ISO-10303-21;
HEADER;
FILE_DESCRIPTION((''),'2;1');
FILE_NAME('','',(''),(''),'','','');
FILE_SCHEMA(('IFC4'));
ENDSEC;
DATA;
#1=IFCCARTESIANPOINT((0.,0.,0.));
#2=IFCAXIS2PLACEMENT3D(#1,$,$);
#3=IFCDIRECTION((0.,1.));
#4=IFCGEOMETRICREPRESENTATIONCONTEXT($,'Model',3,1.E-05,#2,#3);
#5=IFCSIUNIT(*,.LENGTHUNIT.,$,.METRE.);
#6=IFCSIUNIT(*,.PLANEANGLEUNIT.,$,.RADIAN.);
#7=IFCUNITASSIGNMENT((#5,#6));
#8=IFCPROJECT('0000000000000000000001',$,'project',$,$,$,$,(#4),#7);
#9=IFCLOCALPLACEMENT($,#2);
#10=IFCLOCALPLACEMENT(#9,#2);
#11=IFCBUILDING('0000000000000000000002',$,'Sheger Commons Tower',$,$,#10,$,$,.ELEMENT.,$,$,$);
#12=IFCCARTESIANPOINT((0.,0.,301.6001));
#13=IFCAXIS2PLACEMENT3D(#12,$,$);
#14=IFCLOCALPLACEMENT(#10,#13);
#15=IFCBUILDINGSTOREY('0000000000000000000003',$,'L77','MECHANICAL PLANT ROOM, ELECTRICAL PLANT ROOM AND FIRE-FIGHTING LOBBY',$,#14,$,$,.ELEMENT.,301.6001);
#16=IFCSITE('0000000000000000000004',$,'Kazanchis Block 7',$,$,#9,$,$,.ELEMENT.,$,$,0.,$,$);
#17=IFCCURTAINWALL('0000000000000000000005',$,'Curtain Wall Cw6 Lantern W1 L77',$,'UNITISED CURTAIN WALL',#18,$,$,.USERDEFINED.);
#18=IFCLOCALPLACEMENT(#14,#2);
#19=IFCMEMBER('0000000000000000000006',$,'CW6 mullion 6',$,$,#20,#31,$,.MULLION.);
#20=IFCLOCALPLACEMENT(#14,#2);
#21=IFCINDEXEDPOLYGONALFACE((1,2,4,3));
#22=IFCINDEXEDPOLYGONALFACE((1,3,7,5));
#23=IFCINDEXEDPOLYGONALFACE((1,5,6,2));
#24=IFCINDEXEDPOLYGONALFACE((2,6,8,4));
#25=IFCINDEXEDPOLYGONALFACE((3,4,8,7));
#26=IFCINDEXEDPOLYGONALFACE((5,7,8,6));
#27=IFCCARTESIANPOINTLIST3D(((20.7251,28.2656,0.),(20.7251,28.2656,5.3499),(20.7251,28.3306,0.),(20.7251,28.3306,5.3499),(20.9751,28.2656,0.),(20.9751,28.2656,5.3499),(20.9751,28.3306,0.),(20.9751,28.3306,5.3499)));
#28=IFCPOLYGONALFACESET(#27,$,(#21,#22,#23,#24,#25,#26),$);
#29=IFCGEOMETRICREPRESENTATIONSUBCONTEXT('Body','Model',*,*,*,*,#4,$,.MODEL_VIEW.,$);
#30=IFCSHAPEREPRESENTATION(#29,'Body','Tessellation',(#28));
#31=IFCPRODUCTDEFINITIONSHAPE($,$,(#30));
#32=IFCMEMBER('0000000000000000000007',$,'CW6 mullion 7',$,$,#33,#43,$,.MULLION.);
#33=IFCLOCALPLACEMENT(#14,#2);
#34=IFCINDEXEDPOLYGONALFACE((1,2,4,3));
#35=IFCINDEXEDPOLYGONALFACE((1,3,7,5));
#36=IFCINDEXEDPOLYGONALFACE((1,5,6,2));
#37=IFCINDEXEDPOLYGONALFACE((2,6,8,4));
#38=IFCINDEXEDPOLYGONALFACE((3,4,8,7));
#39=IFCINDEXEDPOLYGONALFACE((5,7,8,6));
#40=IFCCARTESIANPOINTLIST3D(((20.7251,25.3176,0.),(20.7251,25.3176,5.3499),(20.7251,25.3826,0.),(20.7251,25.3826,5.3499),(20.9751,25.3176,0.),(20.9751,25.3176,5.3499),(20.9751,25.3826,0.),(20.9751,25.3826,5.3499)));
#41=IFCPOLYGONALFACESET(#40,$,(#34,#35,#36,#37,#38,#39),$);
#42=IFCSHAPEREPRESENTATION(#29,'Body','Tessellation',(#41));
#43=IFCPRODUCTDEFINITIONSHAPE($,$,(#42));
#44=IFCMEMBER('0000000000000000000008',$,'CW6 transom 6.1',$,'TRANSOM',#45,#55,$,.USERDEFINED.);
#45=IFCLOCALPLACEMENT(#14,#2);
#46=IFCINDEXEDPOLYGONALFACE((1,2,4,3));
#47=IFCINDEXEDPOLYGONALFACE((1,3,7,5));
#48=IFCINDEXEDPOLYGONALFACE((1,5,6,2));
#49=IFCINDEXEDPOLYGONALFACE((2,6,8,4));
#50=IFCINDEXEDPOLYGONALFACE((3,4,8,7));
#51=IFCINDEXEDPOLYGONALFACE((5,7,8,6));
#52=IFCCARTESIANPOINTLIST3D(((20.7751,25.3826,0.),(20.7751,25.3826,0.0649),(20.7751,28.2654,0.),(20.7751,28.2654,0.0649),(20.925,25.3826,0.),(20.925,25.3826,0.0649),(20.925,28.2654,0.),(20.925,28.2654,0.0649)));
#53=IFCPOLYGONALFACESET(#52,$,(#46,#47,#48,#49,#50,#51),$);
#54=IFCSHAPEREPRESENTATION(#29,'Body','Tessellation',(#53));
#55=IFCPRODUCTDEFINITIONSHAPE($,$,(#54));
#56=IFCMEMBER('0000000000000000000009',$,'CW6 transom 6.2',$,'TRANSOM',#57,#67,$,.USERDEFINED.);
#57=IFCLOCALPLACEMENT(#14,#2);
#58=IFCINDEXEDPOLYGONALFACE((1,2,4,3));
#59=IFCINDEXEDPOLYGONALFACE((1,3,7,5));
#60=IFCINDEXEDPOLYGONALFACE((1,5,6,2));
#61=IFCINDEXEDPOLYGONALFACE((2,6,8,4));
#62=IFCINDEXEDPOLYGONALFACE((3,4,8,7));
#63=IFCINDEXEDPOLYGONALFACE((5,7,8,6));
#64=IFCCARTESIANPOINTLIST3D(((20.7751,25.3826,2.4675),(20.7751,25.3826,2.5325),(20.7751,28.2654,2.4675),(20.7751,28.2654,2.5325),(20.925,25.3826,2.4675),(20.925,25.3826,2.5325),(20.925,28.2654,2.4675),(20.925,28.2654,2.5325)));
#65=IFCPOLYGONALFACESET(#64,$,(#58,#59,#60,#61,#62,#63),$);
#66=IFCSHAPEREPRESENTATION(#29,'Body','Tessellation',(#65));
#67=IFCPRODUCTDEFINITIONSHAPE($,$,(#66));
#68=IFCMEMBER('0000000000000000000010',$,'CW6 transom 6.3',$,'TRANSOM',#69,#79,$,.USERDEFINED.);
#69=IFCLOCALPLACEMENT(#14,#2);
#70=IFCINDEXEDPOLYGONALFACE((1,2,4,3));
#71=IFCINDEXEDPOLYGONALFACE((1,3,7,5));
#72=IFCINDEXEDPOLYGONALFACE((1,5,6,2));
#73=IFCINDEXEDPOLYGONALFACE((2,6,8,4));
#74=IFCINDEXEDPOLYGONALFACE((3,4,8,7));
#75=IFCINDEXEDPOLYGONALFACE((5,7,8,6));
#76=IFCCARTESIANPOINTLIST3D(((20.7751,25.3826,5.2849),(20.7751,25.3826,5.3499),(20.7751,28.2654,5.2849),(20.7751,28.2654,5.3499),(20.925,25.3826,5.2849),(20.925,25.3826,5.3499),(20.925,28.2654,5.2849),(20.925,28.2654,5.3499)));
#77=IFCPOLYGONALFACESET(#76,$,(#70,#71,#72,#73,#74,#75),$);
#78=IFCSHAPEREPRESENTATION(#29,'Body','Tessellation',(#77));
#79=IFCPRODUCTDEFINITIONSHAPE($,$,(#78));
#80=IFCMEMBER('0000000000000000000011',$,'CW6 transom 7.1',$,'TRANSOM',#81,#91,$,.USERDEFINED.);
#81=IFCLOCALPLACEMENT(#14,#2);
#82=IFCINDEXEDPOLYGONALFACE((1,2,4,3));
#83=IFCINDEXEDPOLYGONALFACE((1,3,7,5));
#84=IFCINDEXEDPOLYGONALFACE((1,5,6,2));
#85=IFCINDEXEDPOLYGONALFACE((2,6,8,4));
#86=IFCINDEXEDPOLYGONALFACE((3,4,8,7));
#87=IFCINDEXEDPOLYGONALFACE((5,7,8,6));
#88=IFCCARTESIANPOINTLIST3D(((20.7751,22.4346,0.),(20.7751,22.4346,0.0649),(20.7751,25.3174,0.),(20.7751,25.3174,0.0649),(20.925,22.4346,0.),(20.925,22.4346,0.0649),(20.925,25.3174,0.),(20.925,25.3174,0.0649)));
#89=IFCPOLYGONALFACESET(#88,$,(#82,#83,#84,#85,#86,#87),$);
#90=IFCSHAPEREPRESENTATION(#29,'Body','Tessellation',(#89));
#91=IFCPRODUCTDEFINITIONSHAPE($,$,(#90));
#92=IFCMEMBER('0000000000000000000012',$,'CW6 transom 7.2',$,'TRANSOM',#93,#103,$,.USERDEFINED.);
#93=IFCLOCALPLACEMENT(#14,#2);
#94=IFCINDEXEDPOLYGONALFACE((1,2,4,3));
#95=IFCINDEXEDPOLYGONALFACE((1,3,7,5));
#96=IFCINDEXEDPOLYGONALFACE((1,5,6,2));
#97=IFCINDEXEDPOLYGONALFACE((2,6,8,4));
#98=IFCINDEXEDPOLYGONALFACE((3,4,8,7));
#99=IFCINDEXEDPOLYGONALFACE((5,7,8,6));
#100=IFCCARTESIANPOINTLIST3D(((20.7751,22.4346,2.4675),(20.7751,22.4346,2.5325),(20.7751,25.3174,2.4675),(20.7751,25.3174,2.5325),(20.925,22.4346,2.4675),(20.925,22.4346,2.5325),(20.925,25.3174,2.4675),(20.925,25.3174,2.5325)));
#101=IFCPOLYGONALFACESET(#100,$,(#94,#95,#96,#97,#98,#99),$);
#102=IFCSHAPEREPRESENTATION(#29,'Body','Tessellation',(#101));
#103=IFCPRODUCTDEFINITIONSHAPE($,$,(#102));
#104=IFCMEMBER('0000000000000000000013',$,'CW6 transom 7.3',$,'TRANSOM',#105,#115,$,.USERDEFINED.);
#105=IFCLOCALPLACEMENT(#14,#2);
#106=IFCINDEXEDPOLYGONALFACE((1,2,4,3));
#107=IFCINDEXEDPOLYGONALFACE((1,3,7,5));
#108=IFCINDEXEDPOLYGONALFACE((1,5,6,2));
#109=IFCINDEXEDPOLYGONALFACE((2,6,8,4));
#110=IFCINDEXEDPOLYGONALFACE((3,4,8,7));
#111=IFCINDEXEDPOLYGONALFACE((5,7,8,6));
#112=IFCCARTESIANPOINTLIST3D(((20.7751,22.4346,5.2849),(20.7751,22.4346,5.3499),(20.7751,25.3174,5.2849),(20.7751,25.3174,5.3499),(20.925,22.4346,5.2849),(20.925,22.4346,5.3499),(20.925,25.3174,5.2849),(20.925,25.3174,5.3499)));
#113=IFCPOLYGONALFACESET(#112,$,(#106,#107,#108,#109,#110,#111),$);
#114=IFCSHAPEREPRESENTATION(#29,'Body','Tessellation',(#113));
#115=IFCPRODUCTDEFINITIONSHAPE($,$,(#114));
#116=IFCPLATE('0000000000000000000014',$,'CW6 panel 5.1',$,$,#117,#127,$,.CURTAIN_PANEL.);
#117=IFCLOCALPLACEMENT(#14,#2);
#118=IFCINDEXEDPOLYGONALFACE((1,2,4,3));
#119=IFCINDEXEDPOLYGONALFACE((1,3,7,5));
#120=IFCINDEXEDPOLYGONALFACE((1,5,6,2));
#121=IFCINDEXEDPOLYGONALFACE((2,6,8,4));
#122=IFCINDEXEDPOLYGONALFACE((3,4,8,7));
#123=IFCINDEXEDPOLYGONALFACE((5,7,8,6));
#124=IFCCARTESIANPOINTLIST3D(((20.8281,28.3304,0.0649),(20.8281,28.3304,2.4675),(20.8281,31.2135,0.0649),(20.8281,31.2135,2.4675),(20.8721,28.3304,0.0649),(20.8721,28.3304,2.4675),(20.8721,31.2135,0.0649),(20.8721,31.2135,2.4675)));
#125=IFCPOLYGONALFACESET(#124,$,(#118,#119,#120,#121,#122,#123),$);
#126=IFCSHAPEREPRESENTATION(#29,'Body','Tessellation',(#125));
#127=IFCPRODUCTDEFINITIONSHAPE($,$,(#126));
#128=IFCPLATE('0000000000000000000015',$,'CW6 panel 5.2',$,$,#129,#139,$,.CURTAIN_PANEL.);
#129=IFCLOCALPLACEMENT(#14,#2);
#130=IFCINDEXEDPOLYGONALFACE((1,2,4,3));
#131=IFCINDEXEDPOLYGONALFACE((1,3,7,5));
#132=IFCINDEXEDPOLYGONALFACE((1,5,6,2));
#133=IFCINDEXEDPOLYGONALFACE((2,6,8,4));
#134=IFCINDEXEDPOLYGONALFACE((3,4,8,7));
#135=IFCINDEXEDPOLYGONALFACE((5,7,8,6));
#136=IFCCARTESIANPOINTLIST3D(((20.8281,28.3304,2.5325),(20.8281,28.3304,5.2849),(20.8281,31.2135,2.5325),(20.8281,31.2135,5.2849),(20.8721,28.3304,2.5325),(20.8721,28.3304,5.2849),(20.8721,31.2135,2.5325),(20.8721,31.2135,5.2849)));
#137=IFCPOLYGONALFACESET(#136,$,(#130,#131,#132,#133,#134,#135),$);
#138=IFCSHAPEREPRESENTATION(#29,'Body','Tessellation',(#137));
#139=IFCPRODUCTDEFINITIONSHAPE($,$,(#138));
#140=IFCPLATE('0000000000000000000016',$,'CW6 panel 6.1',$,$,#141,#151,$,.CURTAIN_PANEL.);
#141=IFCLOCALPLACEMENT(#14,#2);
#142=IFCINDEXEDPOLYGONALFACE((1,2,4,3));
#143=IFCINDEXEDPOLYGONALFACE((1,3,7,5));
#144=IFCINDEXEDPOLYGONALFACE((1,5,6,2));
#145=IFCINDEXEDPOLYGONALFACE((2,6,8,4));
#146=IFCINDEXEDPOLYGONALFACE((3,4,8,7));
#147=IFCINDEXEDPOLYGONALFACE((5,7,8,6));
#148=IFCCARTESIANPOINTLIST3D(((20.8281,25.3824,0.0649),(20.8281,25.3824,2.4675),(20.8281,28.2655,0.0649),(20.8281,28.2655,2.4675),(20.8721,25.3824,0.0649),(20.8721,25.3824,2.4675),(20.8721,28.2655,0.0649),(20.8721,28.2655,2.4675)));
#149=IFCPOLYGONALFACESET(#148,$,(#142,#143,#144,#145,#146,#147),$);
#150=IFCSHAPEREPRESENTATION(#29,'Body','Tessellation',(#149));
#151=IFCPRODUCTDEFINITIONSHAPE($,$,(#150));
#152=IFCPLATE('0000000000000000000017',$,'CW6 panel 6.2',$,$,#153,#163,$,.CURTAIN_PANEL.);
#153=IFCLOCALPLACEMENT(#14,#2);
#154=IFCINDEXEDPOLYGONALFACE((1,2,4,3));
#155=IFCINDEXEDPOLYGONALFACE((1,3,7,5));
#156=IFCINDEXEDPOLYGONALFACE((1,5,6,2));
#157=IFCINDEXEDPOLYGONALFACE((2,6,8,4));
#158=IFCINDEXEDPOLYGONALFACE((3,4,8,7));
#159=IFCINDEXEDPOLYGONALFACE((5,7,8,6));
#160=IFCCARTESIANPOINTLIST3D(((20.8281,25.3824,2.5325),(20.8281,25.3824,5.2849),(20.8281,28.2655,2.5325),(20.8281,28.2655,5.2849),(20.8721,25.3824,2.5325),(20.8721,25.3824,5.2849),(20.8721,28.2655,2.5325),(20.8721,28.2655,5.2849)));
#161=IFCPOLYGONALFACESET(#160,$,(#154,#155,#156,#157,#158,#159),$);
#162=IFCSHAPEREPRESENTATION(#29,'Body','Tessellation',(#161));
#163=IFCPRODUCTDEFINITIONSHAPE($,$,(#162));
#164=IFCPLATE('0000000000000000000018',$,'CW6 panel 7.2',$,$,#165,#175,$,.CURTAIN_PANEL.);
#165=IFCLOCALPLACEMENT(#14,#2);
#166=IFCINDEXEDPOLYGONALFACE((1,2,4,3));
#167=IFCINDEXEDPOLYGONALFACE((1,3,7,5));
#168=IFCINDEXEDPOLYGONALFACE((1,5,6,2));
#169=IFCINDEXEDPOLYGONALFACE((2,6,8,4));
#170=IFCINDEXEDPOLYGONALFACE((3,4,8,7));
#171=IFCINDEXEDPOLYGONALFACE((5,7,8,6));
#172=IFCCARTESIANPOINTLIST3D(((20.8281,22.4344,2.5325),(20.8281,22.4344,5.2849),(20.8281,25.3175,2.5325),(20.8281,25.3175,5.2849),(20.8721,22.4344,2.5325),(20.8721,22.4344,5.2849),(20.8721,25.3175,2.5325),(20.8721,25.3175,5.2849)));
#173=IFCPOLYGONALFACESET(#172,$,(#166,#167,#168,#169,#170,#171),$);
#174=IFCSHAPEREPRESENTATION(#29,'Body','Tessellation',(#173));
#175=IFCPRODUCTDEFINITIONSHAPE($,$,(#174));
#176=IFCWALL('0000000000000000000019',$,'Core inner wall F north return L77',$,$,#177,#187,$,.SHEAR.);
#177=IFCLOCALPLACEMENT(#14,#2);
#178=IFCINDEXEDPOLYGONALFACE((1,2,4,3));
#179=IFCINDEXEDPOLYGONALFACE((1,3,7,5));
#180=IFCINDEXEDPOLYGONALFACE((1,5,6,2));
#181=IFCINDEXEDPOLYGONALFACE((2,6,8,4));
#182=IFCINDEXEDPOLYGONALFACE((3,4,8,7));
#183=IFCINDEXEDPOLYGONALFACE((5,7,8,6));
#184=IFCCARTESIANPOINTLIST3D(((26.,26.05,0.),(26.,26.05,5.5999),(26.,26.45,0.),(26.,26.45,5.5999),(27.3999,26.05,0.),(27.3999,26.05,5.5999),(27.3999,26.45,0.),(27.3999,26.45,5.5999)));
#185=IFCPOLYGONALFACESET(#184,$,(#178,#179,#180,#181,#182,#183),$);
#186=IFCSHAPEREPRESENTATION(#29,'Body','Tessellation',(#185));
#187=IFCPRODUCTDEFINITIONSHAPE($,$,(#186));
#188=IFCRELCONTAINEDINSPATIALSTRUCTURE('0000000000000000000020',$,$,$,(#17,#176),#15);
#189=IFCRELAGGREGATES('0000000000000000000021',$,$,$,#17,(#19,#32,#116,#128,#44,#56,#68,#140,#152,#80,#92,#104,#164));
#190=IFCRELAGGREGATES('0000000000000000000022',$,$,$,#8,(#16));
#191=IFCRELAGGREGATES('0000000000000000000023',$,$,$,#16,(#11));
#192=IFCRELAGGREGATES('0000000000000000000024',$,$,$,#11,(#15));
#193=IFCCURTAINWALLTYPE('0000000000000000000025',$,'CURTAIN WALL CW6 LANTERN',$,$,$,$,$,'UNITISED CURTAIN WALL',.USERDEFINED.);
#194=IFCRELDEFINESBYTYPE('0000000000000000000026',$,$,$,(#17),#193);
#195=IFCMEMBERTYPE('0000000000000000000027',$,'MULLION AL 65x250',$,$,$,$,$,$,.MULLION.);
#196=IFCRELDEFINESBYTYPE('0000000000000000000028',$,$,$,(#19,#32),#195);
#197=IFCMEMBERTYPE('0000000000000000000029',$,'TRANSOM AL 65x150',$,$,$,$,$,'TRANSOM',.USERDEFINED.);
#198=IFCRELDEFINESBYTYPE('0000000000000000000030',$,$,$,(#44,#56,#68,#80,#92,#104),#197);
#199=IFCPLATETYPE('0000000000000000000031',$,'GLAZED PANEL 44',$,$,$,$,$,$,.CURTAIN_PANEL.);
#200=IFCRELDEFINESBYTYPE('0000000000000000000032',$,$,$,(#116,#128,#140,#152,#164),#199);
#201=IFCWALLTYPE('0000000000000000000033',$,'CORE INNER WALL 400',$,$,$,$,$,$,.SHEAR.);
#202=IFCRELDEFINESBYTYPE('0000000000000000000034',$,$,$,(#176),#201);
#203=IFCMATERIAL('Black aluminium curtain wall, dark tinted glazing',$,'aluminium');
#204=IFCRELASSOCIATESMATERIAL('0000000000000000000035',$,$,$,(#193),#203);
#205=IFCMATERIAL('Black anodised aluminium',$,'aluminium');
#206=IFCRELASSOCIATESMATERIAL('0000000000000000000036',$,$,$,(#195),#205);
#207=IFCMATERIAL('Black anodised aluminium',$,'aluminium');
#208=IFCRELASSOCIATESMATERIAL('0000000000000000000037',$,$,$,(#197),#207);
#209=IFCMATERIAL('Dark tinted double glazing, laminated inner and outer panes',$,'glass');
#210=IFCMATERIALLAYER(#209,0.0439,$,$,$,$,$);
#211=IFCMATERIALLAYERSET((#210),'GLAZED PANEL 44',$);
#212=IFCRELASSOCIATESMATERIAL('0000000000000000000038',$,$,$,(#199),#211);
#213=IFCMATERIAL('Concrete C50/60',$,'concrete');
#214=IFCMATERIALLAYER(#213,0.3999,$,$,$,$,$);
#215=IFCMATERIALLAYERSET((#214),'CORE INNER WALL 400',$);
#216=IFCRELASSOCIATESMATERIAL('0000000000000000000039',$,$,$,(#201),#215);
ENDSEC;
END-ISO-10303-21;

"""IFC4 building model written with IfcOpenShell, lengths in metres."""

from ifc_helpers import new_model, si_unit, direction, frame, frame_2d, origin, origin_2d, place, context, subcontext, project, spatial, rectangle, extrude, material, layer, layer_set, material_profile, profile_set, type_object, element, aggregate, save


model = new_model("IFC4")

# Units and contexts
model_context = context("Model", 3, precision=1e-05, world=origin(), true_north=direction((0.0, 1.0)))
body_context = subcontext(model_context, "Body", "Model", "MODEL_VIEW")
ifc_project = project(units=[si_unit("LENGTHUNIT", "METRE"), si_unit("PLANEANGLEUNIT", "RADIAN")], contexts=[model_context])

# Site, building, storey
site_placement = place(None, origin())
site = spatial("IfcSite", under=ifc_project, at=site_placement, Name="Kazanchis Block 7", CompositionType="ELEMENT", RefElevation=0.0)
building_placement = place(site_placement, origin())
building = spatial("IfcBuilding", under=site, at=building_placement, Name="Sheger Commons Tower", CompositionType="ELEMENT")
storey_placement = place(building_placement, frame((0.0, 0.0, 301.6001)))
storey = spatial("IfcBuildingStorey", under=building, at=storey_placement, Name="L77", Description="MECHANICAL PLANT ROOM, ELECTRICAL PLANT ROOM AND FIRE-FIGHTING LOBBY", CompositionType="ELEMENT", Elevation=301.6001)

# Curtain wall, members, plates
ifc_material_1 = material(Name="Black aluminium curtain wall, dark tinted glazing", Category="aluminium")
curtain_wall_type = type_object("IfcCurtainWallType", Name="CURTAIN WALL CW6 LANTERN", ElementType="UNITISED CURTAIN WALL", PredefinedType="USERDEFINED", material=ifc_material_1)
curtain_wall_placement = place(storey_placement, origin())
curtain_wall = element("IfcCurtainWall", 1, at=curtain_wall_placement, inside=storey, type_object=curtain_wall_type, Name="Curtain Wall Cw6 Lantern W1 L77", ObjectType="UNITISED CURTAIN WALL", PredefinedType="USERDEFINED")
ifc_material_2 = material(Name="Black anodised aluminium", Category="aluminium")
ifc_material_profile_1 = material_profile(ifc_material_2, rectangle(XDim=0.25, YDim=0.0649, at=origin_2d()), Name="AL 65x250")
ifc_profile_set_1 = profile_set([ifc_material_profile_1], Name="Black anodised aluminium")
member_type_1 = type_object("IfcMemberType", Name="MULLION AL 65x250", PredefinedType="MULLION", material=ifc_profile_set_1)
member_1_placement = place(storey_placement, frame((20.8501, 28.2981, 0.0), z_axis=(0.0, 0.0, 1.0), x_axis=(1.0, 0.0, 0.0)))
member_1 = element("IfcMember", 2, at=member_1_placement, type_object=member_type_1, Name="CW6 mullion 6", PredefinedType="MULLION", context=body_context, shape_type="SweptSolid", body=[
    extrude(rectangle(XDim=0.25, YDim=0.0649, at=origin_2d()), origin(), (0.0, 0.0, 1.0), 5.3499),
])
member_2_placement = place(storey_placement, frame((20.8501, 25.3501, 0.0), z_axis=(0.0, 0.0, 1.0), x_axis=(1.0, 0.0, 0.0)))
member_2 = element("IfcMember", 3, at=member_2_placement, type_object=member_type_1, Name="CW6 mullion 7", PredefinedType="MULLION", context=body_context, shape_type="SweptSolid", body=[
    extrude(rectangle(XDim=0.25, YDim=0.0649, at=origin_2d()), origin(), (0.0, 0.0, 1.0), 5.3499),
])
ifc_material_3 = material(Name="Black anodised aluminium", Category="aluminium")
ifc_material_profile_2 = material_profile(ifc_material_3, rectangle(XDim=0.1499, YDim=0.0649, at=origin_2d()), Name="AL 65x150")
ifc_profile_set_2 = profile_set([ifc_material_profile_2], Name="Black anodised aluminium")
member_type_2 = type_object("IfcMemberType", Name="TRANSOM AL 65x150", ElementType="TRANSOM", PredefinedType="USERDEFINED", material=ifc_profile_set_2)
member_3_placement = place(storey_placement, frame((20.8501, 28.2654, 0.0325), z_axis=(0.0, -1.0, 0.0), x_axis=(1.0, 0.0, 0.0)))
member_3 = element("IfcMember", 4, at=member_3_placement, type_object=member_type_2, Name="CW6 transom 6.1", ObjectType="TRANSOM", PredefinedType="USERDEFINED", context=body_context, shape_type="SweptSolid", body=[
    extrude(rectangle(XDim=0.1499, YDim=0.0649, at=origin_2d()), origin(), (0.0, 0.0, 1.0), 2.8828),
])
member_4_placement = place(storey_placement, frame((20.8501, 28.2654, 2.5), z_axis=(0.0, -1.0, 0.0), x_axis=(1.0, 0.0, 0.0)))
member_4 = element("IfcMember", 5, at=member_4_placement, type_object=member_type_2, Name="CW6 transom 6.2", ObjectType="TRANSOM", PredefinedType="USERDEFINED", context=body_context, shape_type="SweptSolid", body=[
    extrude(rectangle(XDim=0.1499, YDim=0.0649, at=origin_2d()), origin(), (0.0, 0.0, 1.0), 2.8828),
])
member_5_placement = place(storey_placement, frame((20.8501, 28.2654, 5.3174), z_axis=(0.0, -1.0, 0.0), x_axis=(1.0, 0.0, 0.0)))
member_5 = element("IfcMember", 6, at=member_5_placement, type_object=member_type_2, Name="CW6 transom 6.3", ObjectType="TRANSOM", PredefinedType="USERDEFINED", context=body_context, shape_type="SweptSolid", body=[
    extrude(rectangle(XDim=0.1499, YDim=0.0649, at=origin_2d()), origin(), (0.0, 0.0, 1.0), 2.8828),
])
member_6_placement = place(storey_placement, frame((20.8501, 25.3174, 0.0325), z_axis=(0.0, -1.0, 0.0), x_axis=(1.0, 0.0, 0.0)))
member_6 = element("IfcMember", 7, at=member_6_placement, type_object=member_type_2, Name="CW6 transom 7.1", ObjectType="TRANSOM", PredefinedType="USERDEFINED", context=body_context, shape_type="SweptSolid", body=[
    extrude(rectangle(XDim=0.1499, YDim=0.0649, at=origin_2d()), origin(), (0.0, 0.0, 1.0), 2.8828),
])
member_7_placement = place(storey_placement, frame((20.8501, 25.3174, 2.5), z_axis=(0.0, -1.0, 0.0), x_axis=(1.0, 0.0, 0.0)))
member_7 = element("IfcMember", 8, at=member_7_placement, type_object=member_type_2, Name="CW6 transom 7.2", ObjectType="TRANSOM", PredefinedType="USERDEFINED", context=body_context, shape_type="SweptSolid", body=[
    extrude(rectangle(XDim=0.1499, YDim=0.0649, at=origin_2d()), origin(), (0.0, 0.0, 1.0), 2.8828),
])
member_8_placement = place(storey_placement, frame((20.8501, 25.3174, 5.3174), z_axis=(0.0, -1.0, 0.0), x_axis=(1.0, 0.0, 0.0)))
member_8 = element("IfcMember", 9, at=member_8_placement, type_object=member_type_2, Name="CW6 transom 7.3", ObjectType="TRANSOM", PredefinedType="USERDEFINED", context=body_context, shape_type="SweptSolid", body=[
    extrude(rectangle(XDim=0.1499, YDim=0.0649, at=origin_2d()), origin(), (0.0, 0.0, 1.0), 2.8828),
])
ifc_material_4 = material(Name="Dark tinted double glazing, laminated inner and outer panes", Category="glass")
ifc_layer_1 = layer(ifc_material_4, 0.0439)
ifc_layer_set_1 = layer_set([ifc_layer_1], Name="GLAZED PANEL 44")
plate_type = type_object("IfcPlateType", Name="GLAZED PANEL 44", PredefinedType="CURTAIN_PANEL", material=ifc_layer_set_1)
plate_1_placement = place(storey_placement, frame((20.8501, 29.772, 0.0649), z_axis=(0.0, 0.0, 1.0), x_axis=(0.0, -1.0, 0.0)))
plate_1 = element("IfcPlate", 10, at=plate_1_placement, type_object=plate_type, Name="CW6 panel 5.1", PredefinedType="CURTAIN_PANEL", context=body_context, shape_type="SweptSolid", body=[
    extrude(rectangle(XDim=2.8831, YDim=0.0439, at=origin_2d()), origin(), (0.0, 0.0, 1.0), 2.4026),
])
plate_2_placement = place(storey_placement, frame((20.8501, 29.772, 2.5325), z_axis=(0.0, 0.0, 1.0), x_axis=(0.0, -1.0, 0.0)))
plate_2 = element("IfcPlate", 11, at=plate_2_placement, type_object=plate_type, Name="CW6 panel 5.2", PredefinedType="CURTAIN_PANEL", context=body_context, shape_type="SweptSolid", body=[
    extrude(rectangle(XDim=2.8831, YDim=0.0439, at=origin_2d()), origin(), (0.0, 0.0, 1.0), 2.7524),
])
plate_3_placement = place(storey_placement, frame((20.8501, 26.824, 0.0649), z_axis=(0.0, 0.0, 1.0), x_axis=(0.0, -1.0, 0.0)))
plate_3 = element("IfcPlate", 12, at=plate_3_placement, type_object=plate_type, Name="CW6 panel 6.1", PredefinedType="CURTAIN_PANEL", context=body_context, shape_type="SweptSolid", body=[
    extrude(rectangle(XDim=2.8831, YDim=0.0439, at=origin_2d()), origin(), (0.0, 0.0, 1.0), 2.4026),
])
plate_4_placement = place(storey_placement, frame((20.8501, 26.824, 2.5325), z_axis=(0.0, 0.0, 1.0), x_axis=(0.0, -1.0, 0.0)))
plate_4 = element("IfcPlate", 13, at=plate_4_placement, type_object=plate_type, Name="CW6 panel 6.2", PredefinedType="CURTAIN_PANEL", context=body_context, shape_type="SweptSolid", body=[
    extrude(rectangle(XDim=2.8831, YDim=0.0439, at=origin_2d()), origin(), (0.0, 0.0, 1.0), 2.7524),
])
plate_5_placement = place(storey_placement, frame((20.8501, 23.876, 2.5325), z_axis=(0.0, 0.0, 1.0), x_axis=(0.0, -1.0, 0.0)))
plate_5 = element("IfcPlate", 14, at=plate_5_placement, type_object=plate_type, Name="CW6 panel 7.2", PredefinedType="CURTAIN_PANEL", context=body_context, shape_type="SweptSolid", body=[
    extrude(rectangle(XDim=2.8831, YDim=0.0439, at=origin_2d()), origin(), (0.0, 0.0, 1.0), 2.7524),
])
aggregate(curtain_wall, [member_1, member_2, plate_1, plate_2, member_3, member_4, member_5, plate_3, plate_4, member_6, member_7, member_8, plate_5])

# Wall
ifc_material_5 = material(Name="Concrete C50/60", Category="concrete")
ifc_layer_2 = layer(ifc_material_5, 0.3999)
ifc_layer_set_2 = layer_set([ifc_layer_2], Name="CORE INNER WALL 400")
wall_type_1 = type_object("IfcWallType", Name="CORE INNER WALL 400", PredefinedType="SHEAR", material=ifc_layer_set_2)
wall_1_placement = place(storey_placement, frame((26.0, 26.25, 0.0), z_axis=(0.0, 0.0, 1.0), x_axis=(1.0, 0.0, 0.0)))
element("IfcWall", 15, at=wall_1_placement, inside=storey, type_object=wall_type_1, Name="Core inner wall F north return L77", PredefinedType="SHEAR", context=body_context, shape_type="SweptSolid", body=[
    extrude(rectangle(XDim=1.3999, YDim=0.3999, at=frame_2d((0.7, 0.0))), origin(), (0.0, 0.0, 1.0), 5.5999),
])

save(model, "model.ifc")
